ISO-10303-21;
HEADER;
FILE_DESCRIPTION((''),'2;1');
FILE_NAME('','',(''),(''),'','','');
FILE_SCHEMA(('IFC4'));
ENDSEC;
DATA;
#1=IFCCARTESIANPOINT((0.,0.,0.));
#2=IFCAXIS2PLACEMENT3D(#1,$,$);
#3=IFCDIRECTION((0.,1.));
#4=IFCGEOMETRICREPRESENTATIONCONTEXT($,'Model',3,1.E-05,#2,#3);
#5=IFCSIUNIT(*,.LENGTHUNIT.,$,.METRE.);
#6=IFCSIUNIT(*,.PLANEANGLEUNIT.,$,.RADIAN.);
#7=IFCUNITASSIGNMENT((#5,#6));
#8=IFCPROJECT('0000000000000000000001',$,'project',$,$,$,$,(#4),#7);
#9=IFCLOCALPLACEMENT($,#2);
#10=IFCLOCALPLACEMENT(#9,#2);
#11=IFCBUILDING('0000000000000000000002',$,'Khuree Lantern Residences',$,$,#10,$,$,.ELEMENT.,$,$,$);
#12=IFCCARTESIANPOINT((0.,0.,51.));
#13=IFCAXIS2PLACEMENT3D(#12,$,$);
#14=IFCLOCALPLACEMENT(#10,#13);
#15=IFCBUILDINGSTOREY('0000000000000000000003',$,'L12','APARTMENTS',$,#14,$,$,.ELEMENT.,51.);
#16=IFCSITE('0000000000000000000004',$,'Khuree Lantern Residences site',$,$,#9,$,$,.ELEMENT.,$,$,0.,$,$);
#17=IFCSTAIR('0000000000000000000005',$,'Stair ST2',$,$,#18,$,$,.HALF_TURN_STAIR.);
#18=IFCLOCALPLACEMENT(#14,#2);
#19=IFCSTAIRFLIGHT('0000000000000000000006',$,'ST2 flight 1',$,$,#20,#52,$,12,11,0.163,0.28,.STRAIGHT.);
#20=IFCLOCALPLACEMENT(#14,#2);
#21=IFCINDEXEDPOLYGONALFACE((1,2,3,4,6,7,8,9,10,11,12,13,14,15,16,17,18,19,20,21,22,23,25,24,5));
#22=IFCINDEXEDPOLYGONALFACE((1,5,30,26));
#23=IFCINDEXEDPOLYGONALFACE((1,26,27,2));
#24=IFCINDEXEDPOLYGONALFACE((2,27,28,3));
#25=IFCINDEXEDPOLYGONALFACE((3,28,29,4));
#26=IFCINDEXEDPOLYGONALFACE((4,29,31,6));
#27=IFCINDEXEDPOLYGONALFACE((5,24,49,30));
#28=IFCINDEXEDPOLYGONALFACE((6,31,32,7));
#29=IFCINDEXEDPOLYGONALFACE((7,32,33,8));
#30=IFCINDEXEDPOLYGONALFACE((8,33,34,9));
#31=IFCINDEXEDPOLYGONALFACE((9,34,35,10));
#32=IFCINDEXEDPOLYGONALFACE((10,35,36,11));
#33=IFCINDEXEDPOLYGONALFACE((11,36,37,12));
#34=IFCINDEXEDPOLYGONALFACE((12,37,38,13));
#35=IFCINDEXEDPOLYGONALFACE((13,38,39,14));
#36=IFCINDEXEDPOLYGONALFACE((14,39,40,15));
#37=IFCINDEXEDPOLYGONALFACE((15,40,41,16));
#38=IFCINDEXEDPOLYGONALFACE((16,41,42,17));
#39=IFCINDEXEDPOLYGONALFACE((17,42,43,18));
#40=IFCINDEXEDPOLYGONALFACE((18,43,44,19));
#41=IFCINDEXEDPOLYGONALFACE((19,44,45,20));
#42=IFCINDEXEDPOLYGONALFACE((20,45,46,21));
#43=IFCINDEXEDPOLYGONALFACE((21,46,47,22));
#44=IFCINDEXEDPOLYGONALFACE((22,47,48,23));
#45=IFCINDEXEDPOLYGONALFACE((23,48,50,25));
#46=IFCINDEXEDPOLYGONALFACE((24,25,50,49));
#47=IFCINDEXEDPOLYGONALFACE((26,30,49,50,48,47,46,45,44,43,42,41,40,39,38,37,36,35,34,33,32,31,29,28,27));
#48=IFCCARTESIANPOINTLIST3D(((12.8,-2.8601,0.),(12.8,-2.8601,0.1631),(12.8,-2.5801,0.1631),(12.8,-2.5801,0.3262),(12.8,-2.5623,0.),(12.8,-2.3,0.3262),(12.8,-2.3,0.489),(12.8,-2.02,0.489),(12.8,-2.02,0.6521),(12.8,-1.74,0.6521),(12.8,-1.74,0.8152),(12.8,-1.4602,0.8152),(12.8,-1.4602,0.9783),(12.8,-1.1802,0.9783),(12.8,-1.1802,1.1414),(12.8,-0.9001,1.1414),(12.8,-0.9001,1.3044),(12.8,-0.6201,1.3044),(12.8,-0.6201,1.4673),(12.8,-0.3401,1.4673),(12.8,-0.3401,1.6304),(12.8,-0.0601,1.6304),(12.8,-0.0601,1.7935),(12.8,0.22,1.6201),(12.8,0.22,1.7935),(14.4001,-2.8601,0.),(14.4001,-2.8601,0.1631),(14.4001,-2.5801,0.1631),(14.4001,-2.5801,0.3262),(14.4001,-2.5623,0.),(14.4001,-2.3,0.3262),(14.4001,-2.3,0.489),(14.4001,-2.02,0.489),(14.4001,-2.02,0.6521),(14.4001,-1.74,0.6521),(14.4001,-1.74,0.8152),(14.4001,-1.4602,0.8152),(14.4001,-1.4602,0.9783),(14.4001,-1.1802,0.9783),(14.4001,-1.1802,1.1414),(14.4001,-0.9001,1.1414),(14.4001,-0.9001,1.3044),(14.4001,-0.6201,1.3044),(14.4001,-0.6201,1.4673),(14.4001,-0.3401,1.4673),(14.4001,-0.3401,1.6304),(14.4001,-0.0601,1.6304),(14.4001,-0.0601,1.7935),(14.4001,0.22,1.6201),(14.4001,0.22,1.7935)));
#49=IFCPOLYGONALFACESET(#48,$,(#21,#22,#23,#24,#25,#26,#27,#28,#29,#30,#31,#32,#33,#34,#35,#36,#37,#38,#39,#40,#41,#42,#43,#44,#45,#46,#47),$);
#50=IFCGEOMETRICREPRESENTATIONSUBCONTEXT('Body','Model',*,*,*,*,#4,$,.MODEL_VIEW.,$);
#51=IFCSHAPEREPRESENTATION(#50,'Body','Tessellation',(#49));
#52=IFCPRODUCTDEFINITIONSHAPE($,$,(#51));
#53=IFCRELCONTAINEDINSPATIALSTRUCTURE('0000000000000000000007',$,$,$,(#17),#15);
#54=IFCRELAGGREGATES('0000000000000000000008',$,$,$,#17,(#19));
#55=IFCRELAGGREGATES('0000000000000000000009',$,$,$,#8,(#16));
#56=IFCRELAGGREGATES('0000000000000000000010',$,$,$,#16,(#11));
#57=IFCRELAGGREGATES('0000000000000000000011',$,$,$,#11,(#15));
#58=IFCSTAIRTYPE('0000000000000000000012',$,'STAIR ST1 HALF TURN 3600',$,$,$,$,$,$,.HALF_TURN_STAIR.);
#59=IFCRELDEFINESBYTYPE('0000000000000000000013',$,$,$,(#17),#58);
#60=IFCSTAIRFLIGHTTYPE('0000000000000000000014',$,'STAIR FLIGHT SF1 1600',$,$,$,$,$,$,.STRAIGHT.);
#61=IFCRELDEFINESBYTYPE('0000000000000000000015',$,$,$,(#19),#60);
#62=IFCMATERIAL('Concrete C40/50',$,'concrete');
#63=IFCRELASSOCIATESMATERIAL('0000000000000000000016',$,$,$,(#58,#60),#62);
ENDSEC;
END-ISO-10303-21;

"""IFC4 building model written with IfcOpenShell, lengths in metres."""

from ifc_helpers import new_model, si_unit, direction, frame, origin, place, context, subcontext, project, spatial, polyline, outline, extrude, material, type_object, element, aggregate, save


model = new_model("IFC4")

# Units and contexts
model_context = context("Model", 3, precision=1e-05, world=origin(), true_north=direction((0.0, 1.0)))
body_context = subcontext(model_context, "Body", "Model", "MODEL_VIEW")
ifc_project = project(units=[si_unit("LENGTHUNIT", "METRE"), si_unit("PLANEANGLEUNIT", "RADIAN")], contexts=[model_context])

# Site, building, storey
site_placement = place(None, origin())
site = spatial("IfcSite", under=ifc_project, at=site_placement, Name="Khuree Lantern Residences site", CompositionType="ELEMENT", RefElevation=0.0)
building_placement = place(site_placement, origin())
building = spatial("IfcBuilding", under=site, at=building_placement, Name="Khuree Lantern Residences", CompositionType="ELEMENT")
storey_placement = place(building_placement, frame((0.0, 0.0, 51.0)))
storey = spatial("IfcBuildingStorey", under=building, at=storey_placement, Name="L12", Description="APARTMENTS", CompositionType="ELEMENT", Elevation=51.0)

# Stair, stair flight
ifc_material_1 = material(Name="Concrete C40/50", Category="concrete")
stair_type = type_object("IfcStairType", Name="STAIR ST1 HALF TURN 3600", PredefinedType="HALF_TURN_STAIR", material=ifc_material_1)
stair_placement = place(storey_placement, origin())
stair = element("IfcStair", 1, at=stair_placement, inside=storey, type_object=stair_type, Name="Stair ST2", PredefinedType="HALF_TURN_STAIR")
stair_flight_type = type_object("IfcStairFlightType", Name="STAIR FLIGHT SF1 1600", PredefinedType="STRAIGHT", material=ifc_material_1)
stair_flight_placement = place(storey_placement, frame((13.6001, -2.8601, 0.0), z_axis=(0.0, 0.0, 1.0), x_axis=(0.0, 1.0, 0.0)))
stair_flight = element("IfcStairFlight", 2, at=stair_flight_placement, type_object=stair_flight_type, Name="ST2 flight 1", NumberOfRisers=12, NumberOfTreads=11, PredefinedType="STRAIGHT", RiserHeight=0.163, TreadLength=0.28, context=body_context, shape_type="SweptSolid", body=[
    extrude(outline(polyline([(0.0, 0.0), (0.0, 0.1631), (0.28, 0.1631), (0.28, 0.3262), (0.5601, 0.3262), (0.5601, 0.489), (0.8401, 0.489), (0.8401, 0.6521), (1.1201, 0.6521), (1.1201, 0.8152), (1.3999, 0.8152), (1.3999, 0.9783), (1.6799, 0.9783), (1.6799, 1.1414), (1.96, 1.1414), (1.96, 1.3044), (2.24, 1.3044), (2.24, 1.4673), (2.52, 1.4673), (2.52, 1.6304), (2.8, 1.6304), (2.8, 1.7935), (3.0801, 1.7935), (3.0801, 1.9565), (3.0801, 1.6201), (0.2979, 0.0), (0.0, 0.0)])), frame((0.0, 0.8, 0.0), z_axis=(0.0, -1.0, 0.0), x_axis=(1.0, 0.0, 0.0)), (0.0, 0.0, 1.0), 1.6001),
])
aggregate(stair, [stair_flight])

save(model, "model.ifc")
